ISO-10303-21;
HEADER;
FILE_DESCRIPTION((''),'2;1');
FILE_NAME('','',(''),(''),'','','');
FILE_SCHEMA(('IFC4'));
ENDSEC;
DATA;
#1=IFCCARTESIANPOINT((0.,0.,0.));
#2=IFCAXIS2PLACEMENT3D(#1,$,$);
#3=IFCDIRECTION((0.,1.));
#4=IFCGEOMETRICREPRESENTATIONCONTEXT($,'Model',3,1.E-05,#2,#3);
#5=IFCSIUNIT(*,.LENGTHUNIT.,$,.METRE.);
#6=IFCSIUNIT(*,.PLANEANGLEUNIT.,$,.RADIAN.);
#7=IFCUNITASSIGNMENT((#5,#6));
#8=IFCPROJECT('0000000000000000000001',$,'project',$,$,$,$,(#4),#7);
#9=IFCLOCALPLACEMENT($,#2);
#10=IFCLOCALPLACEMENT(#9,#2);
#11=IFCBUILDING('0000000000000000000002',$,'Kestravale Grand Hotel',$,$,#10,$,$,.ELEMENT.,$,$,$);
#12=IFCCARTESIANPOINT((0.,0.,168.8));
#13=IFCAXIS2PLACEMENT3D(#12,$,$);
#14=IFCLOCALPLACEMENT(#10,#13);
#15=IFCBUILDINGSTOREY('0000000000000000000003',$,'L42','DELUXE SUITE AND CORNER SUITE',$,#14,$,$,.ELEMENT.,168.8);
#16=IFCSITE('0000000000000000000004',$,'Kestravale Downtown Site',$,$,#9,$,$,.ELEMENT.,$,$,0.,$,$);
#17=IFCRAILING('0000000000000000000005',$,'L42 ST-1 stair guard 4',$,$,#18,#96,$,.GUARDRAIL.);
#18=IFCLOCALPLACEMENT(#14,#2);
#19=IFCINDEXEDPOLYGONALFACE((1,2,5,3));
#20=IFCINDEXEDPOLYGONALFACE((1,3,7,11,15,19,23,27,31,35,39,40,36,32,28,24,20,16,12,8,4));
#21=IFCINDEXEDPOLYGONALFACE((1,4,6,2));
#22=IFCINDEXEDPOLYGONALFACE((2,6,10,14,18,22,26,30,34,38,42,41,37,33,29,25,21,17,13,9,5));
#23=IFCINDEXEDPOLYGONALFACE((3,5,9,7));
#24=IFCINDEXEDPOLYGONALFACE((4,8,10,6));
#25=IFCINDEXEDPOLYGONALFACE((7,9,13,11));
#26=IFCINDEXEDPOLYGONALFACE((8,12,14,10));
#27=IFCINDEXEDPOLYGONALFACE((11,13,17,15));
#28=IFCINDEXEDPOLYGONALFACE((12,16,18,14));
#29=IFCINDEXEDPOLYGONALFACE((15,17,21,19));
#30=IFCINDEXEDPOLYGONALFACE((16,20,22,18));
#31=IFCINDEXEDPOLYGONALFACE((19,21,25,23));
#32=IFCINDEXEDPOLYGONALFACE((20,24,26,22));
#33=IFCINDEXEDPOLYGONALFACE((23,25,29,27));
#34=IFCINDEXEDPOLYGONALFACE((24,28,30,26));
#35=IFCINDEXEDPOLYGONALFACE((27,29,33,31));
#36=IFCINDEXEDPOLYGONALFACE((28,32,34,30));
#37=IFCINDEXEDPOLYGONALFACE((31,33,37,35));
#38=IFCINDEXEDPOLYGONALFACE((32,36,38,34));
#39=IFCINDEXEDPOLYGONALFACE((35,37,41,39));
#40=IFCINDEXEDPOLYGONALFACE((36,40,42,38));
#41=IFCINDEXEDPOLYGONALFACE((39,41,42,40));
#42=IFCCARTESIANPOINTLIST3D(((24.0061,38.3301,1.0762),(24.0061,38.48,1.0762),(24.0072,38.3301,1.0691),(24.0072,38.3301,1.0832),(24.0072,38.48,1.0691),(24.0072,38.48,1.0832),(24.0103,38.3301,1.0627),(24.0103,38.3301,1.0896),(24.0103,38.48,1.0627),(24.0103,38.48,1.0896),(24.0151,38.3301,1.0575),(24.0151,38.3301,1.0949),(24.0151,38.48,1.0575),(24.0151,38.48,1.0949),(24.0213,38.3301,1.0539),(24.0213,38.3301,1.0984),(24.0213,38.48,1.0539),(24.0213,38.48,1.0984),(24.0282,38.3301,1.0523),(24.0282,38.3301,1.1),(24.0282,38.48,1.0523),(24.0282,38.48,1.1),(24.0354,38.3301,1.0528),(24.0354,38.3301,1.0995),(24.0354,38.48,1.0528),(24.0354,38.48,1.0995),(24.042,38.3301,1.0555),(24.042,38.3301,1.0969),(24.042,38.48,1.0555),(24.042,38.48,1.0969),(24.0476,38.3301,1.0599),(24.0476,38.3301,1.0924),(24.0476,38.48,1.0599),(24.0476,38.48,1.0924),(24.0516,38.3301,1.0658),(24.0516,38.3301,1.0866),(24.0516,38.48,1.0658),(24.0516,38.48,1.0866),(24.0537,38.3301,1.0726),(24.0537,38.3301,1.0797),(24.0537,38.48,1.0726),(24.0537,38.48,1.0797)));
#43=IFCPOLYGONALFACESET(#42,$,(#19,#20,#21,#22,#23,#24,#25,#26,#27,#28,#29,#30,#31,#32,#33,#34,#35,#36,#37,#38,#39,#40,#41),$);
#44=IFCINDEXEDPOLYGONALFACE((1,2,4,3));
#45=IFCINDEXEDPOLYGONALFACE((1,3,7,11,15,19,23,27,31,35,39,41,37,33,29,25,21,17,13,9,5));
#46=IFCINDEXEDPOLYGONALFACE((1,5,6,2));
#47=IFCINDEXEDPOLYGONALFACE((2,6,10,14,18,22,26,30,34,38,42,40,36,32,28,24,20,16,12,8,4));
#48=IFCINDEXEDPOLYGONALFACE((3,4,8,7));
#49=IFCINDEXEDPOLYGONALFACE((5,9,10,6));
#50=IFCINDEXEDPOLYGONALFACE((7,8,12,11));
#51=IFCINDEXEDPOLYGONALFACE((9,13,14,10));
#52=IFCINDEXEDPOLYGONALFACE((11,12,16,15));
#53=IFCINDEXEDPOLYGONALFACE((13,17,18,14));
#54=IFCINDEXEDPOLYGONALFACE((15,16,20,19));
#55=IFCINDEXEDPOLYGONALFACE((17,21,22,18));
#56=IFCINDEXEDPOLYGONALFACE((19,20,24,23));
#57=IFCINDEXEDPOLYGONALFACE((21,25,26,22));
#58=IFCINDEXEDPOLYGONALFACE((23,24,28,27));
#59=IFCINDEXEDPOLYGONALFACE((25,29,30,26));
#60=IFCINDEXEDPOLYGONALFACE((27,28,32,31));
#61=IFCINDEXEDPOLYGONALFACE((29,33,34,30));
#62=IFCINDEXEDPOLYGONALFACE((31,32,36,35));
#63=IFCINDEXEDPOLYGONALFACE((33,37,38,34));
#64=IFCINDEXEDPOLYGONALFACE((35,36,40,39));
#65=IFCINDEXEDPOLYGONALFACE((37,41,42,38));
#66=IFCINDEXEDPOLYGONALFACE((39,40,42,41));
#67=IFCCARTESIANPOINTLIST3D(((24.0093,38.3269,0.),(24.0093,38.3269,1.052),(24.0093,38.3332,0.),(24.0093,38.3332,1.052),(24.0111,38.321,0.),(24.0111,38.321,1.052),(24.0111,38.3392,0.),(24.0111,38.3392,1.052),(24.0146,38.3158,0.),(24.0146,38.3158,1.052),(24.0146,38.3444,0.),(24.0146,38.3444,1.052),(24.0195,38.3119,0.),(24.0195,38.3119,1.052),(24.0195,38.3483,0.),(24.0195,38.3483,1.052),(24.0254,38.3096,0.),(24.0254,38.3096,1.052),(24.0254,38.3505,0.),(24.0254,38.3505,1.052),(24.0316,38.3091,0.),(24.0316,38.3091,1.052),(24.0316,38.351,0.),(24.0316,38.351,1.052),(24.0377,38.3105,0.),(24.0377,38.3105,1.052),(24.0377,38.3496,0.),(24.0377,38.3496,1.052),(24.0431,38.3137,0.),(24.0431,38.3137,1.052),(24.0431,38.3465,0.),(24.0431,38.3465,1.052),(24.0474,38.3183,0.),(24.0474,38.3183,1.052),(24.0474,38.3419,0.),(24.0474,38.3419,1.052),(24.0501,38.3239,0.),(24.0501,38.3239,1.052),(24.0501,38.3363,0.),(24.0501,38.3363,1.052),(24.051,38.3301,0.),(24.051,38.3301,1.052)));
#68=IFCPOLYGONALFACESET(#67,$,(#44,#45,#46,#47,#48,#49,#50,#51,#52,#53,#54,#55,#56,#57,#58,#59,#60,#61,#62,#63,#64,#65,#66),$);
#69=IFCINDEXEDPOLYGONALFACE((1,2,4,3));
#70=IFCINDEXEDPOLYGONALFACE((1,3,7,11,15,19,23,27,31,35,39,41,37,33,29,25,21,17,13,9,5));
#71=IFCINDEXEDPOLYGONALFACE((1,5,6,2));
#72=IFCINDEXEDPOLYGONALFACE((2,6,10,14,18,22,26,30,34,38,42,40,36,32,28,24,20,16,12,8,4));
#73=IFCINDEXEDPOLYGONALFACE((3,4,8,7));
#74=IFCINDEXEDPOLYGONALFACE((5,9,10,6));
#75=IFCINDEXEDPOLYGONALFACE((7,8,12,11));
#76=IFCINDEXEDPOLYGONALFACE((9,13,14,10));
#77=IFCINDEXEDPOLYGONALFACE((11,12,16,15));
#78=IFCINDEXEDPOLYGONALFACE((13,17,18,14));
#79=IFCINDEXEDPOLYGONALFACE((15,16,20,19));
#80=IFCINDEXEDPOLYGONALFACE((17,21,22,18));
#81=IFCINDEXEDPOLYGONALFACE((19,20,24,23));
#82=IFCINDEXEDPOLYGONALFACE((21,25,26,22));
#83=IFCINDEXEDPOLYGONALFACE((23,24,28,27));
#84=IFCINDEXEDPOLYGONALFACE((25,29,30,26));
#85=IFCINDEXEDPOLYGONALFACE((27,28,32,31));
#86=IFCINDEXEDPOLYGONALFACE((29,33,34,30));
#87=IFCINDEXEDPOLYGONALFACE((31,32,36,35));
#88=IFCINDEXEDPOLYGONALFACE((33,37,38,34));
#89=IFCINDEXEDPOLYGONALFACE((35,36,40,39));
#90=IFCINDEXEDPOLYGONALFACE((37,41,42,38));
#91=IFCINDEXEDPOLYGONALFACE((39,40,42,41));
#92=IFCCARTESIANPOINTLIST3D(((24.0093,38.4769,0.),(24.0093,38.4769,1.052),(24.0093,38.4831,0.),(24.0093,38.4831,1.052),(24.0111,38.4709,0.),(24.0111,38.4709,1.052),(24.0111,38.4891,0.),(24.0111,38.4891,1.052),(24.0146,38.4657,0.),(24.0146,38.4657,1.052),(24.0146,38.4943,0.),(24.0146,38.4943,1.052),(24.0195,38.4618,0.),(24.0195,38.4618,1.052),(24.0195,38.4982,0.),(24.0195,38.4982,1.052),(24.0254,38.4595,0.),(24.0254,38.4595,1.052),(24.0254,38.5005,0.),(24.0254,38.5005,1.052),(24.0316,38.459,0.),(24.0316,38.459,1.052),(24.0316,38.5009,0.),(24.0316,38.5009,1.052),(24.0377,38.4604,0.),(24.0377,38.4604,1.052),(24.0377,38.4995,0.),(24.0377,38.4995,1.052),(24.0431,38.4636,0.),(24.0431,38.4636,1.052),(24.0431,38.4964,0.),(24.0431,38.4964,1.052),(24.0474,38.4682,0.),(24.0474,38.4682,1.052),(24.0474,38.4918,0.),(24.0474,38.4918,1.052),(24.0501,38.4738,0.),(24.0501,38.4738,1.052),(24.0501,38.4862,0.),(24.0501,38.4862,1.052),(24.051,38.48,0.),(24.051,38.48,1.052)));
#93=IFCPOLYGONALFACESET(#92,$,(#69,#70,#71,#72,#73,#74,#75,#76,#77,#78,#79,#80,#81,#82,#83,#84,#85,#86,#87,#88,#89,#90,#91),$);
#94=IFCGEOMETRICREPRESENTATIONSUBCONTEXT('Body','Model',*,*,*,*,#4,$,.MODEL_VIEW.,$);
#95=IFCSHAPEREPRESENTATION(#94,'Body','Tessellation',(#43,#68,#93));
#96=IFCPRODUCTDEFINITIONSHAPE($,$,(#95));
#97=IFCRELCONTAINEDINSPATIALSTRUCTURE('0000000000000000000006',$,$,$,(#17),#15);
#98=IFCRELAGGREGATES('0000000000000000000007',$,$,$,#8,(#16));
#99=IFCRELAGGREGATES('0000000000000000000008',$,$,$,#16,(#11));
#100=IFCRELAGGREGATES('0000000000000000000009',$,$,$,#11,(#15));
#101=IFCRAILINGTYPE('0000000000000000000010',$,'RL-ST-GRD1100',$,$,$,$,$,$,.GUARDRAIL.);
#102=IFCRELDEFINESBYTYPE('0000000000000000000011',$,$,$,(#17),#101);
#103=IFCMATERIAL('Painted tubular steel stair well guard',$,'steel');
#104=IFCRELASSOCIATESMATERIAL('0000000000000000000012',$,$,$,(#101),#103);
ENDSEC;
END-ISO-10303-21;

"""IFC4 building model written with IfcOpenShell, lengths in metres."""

from ifc_helpers import new_model, si_unit, direction, frame, origin, origin_2d, place, context, subcontext, project, spatial, circle, extrude, material, type_object, element, save


model = new_model("IFC4")

# Units and contexts
model_context = context("Model", 3, precision=1e-05, world=origin(), true_north=direction((0.0, 1.0)))
body_context = subcontext(model_context, "Body", "Model", "MODEL_VIEW")
ifc_project = project(units=[si_unit("LENGTHUNIT", "METRE"), si_unit("PLANEANGLEUNIT", "RADIAN")], contexts=[model_context])

# Site, building, storey
site_placement = place(None, origin())
site = spatial("IfcSite", under=ifc_project, at=site_placement, Name="Kestravale Downtown Site", CompositionType="ELEMENT", RefElevation=0.0)
building_placement = place(site_placement, origin())
building = spatial("IfcBuilding", under=site, at=building_placement, Name="Kestravale Grand Hotel", CompositionType="ELEMENT")
storey_placement = place(building_placement, frame((0.0, 0.0, 168.8)))
storey = spatial("IfcBuildingStorey", under=building, at=storey_placement, Name="L42", Description="DELUXE SUITE AND CORNER SUITE", CompositionType="ELEMENT", Elevation=168.8)

# Railing
ifc_material_1 = material(Name="Painted tubular steel stair well guard", Category="steel")
railing_type_1 = type_object("IfcRailingType", Name="RL-ST-GRD1100", PredefinedType="GUARDRAIL", material=ifc_material_1)
railing_1_placement = place(storey_placement, frame((24.03, 38.3301, 0.0)))
element("IfcRailing", 1, at=railing_1_placement, inside=storey, type_object=railing_type_1, Name="L42 ST-1 stair guard 4", PredefinedType="GUARDRAIL", context=body_context, shape_type="SweptSolid", body=[
    extrude(circle(Radius=0.0239, at=origin_2d()), frame((0.0, 0.0, 1.0762), z_axis=(0.0, 1.0, 0.0), x_axis=(-1.0, 0.0, 0.0)), (0.0, 0.0, 1.0), 0.1499),
    extrude(circle(Radius=0.021, at=origin_2d()), origin(), (0.0, 0.0, 1.0), 1.052),
    extrude(circle(Radius=0.021, at=origin_2d()), frame((0.0, 0.1499, 0.0)), (0.0, 0.0, 1.0), 1.052),
])

save(model, "model.ifc")
